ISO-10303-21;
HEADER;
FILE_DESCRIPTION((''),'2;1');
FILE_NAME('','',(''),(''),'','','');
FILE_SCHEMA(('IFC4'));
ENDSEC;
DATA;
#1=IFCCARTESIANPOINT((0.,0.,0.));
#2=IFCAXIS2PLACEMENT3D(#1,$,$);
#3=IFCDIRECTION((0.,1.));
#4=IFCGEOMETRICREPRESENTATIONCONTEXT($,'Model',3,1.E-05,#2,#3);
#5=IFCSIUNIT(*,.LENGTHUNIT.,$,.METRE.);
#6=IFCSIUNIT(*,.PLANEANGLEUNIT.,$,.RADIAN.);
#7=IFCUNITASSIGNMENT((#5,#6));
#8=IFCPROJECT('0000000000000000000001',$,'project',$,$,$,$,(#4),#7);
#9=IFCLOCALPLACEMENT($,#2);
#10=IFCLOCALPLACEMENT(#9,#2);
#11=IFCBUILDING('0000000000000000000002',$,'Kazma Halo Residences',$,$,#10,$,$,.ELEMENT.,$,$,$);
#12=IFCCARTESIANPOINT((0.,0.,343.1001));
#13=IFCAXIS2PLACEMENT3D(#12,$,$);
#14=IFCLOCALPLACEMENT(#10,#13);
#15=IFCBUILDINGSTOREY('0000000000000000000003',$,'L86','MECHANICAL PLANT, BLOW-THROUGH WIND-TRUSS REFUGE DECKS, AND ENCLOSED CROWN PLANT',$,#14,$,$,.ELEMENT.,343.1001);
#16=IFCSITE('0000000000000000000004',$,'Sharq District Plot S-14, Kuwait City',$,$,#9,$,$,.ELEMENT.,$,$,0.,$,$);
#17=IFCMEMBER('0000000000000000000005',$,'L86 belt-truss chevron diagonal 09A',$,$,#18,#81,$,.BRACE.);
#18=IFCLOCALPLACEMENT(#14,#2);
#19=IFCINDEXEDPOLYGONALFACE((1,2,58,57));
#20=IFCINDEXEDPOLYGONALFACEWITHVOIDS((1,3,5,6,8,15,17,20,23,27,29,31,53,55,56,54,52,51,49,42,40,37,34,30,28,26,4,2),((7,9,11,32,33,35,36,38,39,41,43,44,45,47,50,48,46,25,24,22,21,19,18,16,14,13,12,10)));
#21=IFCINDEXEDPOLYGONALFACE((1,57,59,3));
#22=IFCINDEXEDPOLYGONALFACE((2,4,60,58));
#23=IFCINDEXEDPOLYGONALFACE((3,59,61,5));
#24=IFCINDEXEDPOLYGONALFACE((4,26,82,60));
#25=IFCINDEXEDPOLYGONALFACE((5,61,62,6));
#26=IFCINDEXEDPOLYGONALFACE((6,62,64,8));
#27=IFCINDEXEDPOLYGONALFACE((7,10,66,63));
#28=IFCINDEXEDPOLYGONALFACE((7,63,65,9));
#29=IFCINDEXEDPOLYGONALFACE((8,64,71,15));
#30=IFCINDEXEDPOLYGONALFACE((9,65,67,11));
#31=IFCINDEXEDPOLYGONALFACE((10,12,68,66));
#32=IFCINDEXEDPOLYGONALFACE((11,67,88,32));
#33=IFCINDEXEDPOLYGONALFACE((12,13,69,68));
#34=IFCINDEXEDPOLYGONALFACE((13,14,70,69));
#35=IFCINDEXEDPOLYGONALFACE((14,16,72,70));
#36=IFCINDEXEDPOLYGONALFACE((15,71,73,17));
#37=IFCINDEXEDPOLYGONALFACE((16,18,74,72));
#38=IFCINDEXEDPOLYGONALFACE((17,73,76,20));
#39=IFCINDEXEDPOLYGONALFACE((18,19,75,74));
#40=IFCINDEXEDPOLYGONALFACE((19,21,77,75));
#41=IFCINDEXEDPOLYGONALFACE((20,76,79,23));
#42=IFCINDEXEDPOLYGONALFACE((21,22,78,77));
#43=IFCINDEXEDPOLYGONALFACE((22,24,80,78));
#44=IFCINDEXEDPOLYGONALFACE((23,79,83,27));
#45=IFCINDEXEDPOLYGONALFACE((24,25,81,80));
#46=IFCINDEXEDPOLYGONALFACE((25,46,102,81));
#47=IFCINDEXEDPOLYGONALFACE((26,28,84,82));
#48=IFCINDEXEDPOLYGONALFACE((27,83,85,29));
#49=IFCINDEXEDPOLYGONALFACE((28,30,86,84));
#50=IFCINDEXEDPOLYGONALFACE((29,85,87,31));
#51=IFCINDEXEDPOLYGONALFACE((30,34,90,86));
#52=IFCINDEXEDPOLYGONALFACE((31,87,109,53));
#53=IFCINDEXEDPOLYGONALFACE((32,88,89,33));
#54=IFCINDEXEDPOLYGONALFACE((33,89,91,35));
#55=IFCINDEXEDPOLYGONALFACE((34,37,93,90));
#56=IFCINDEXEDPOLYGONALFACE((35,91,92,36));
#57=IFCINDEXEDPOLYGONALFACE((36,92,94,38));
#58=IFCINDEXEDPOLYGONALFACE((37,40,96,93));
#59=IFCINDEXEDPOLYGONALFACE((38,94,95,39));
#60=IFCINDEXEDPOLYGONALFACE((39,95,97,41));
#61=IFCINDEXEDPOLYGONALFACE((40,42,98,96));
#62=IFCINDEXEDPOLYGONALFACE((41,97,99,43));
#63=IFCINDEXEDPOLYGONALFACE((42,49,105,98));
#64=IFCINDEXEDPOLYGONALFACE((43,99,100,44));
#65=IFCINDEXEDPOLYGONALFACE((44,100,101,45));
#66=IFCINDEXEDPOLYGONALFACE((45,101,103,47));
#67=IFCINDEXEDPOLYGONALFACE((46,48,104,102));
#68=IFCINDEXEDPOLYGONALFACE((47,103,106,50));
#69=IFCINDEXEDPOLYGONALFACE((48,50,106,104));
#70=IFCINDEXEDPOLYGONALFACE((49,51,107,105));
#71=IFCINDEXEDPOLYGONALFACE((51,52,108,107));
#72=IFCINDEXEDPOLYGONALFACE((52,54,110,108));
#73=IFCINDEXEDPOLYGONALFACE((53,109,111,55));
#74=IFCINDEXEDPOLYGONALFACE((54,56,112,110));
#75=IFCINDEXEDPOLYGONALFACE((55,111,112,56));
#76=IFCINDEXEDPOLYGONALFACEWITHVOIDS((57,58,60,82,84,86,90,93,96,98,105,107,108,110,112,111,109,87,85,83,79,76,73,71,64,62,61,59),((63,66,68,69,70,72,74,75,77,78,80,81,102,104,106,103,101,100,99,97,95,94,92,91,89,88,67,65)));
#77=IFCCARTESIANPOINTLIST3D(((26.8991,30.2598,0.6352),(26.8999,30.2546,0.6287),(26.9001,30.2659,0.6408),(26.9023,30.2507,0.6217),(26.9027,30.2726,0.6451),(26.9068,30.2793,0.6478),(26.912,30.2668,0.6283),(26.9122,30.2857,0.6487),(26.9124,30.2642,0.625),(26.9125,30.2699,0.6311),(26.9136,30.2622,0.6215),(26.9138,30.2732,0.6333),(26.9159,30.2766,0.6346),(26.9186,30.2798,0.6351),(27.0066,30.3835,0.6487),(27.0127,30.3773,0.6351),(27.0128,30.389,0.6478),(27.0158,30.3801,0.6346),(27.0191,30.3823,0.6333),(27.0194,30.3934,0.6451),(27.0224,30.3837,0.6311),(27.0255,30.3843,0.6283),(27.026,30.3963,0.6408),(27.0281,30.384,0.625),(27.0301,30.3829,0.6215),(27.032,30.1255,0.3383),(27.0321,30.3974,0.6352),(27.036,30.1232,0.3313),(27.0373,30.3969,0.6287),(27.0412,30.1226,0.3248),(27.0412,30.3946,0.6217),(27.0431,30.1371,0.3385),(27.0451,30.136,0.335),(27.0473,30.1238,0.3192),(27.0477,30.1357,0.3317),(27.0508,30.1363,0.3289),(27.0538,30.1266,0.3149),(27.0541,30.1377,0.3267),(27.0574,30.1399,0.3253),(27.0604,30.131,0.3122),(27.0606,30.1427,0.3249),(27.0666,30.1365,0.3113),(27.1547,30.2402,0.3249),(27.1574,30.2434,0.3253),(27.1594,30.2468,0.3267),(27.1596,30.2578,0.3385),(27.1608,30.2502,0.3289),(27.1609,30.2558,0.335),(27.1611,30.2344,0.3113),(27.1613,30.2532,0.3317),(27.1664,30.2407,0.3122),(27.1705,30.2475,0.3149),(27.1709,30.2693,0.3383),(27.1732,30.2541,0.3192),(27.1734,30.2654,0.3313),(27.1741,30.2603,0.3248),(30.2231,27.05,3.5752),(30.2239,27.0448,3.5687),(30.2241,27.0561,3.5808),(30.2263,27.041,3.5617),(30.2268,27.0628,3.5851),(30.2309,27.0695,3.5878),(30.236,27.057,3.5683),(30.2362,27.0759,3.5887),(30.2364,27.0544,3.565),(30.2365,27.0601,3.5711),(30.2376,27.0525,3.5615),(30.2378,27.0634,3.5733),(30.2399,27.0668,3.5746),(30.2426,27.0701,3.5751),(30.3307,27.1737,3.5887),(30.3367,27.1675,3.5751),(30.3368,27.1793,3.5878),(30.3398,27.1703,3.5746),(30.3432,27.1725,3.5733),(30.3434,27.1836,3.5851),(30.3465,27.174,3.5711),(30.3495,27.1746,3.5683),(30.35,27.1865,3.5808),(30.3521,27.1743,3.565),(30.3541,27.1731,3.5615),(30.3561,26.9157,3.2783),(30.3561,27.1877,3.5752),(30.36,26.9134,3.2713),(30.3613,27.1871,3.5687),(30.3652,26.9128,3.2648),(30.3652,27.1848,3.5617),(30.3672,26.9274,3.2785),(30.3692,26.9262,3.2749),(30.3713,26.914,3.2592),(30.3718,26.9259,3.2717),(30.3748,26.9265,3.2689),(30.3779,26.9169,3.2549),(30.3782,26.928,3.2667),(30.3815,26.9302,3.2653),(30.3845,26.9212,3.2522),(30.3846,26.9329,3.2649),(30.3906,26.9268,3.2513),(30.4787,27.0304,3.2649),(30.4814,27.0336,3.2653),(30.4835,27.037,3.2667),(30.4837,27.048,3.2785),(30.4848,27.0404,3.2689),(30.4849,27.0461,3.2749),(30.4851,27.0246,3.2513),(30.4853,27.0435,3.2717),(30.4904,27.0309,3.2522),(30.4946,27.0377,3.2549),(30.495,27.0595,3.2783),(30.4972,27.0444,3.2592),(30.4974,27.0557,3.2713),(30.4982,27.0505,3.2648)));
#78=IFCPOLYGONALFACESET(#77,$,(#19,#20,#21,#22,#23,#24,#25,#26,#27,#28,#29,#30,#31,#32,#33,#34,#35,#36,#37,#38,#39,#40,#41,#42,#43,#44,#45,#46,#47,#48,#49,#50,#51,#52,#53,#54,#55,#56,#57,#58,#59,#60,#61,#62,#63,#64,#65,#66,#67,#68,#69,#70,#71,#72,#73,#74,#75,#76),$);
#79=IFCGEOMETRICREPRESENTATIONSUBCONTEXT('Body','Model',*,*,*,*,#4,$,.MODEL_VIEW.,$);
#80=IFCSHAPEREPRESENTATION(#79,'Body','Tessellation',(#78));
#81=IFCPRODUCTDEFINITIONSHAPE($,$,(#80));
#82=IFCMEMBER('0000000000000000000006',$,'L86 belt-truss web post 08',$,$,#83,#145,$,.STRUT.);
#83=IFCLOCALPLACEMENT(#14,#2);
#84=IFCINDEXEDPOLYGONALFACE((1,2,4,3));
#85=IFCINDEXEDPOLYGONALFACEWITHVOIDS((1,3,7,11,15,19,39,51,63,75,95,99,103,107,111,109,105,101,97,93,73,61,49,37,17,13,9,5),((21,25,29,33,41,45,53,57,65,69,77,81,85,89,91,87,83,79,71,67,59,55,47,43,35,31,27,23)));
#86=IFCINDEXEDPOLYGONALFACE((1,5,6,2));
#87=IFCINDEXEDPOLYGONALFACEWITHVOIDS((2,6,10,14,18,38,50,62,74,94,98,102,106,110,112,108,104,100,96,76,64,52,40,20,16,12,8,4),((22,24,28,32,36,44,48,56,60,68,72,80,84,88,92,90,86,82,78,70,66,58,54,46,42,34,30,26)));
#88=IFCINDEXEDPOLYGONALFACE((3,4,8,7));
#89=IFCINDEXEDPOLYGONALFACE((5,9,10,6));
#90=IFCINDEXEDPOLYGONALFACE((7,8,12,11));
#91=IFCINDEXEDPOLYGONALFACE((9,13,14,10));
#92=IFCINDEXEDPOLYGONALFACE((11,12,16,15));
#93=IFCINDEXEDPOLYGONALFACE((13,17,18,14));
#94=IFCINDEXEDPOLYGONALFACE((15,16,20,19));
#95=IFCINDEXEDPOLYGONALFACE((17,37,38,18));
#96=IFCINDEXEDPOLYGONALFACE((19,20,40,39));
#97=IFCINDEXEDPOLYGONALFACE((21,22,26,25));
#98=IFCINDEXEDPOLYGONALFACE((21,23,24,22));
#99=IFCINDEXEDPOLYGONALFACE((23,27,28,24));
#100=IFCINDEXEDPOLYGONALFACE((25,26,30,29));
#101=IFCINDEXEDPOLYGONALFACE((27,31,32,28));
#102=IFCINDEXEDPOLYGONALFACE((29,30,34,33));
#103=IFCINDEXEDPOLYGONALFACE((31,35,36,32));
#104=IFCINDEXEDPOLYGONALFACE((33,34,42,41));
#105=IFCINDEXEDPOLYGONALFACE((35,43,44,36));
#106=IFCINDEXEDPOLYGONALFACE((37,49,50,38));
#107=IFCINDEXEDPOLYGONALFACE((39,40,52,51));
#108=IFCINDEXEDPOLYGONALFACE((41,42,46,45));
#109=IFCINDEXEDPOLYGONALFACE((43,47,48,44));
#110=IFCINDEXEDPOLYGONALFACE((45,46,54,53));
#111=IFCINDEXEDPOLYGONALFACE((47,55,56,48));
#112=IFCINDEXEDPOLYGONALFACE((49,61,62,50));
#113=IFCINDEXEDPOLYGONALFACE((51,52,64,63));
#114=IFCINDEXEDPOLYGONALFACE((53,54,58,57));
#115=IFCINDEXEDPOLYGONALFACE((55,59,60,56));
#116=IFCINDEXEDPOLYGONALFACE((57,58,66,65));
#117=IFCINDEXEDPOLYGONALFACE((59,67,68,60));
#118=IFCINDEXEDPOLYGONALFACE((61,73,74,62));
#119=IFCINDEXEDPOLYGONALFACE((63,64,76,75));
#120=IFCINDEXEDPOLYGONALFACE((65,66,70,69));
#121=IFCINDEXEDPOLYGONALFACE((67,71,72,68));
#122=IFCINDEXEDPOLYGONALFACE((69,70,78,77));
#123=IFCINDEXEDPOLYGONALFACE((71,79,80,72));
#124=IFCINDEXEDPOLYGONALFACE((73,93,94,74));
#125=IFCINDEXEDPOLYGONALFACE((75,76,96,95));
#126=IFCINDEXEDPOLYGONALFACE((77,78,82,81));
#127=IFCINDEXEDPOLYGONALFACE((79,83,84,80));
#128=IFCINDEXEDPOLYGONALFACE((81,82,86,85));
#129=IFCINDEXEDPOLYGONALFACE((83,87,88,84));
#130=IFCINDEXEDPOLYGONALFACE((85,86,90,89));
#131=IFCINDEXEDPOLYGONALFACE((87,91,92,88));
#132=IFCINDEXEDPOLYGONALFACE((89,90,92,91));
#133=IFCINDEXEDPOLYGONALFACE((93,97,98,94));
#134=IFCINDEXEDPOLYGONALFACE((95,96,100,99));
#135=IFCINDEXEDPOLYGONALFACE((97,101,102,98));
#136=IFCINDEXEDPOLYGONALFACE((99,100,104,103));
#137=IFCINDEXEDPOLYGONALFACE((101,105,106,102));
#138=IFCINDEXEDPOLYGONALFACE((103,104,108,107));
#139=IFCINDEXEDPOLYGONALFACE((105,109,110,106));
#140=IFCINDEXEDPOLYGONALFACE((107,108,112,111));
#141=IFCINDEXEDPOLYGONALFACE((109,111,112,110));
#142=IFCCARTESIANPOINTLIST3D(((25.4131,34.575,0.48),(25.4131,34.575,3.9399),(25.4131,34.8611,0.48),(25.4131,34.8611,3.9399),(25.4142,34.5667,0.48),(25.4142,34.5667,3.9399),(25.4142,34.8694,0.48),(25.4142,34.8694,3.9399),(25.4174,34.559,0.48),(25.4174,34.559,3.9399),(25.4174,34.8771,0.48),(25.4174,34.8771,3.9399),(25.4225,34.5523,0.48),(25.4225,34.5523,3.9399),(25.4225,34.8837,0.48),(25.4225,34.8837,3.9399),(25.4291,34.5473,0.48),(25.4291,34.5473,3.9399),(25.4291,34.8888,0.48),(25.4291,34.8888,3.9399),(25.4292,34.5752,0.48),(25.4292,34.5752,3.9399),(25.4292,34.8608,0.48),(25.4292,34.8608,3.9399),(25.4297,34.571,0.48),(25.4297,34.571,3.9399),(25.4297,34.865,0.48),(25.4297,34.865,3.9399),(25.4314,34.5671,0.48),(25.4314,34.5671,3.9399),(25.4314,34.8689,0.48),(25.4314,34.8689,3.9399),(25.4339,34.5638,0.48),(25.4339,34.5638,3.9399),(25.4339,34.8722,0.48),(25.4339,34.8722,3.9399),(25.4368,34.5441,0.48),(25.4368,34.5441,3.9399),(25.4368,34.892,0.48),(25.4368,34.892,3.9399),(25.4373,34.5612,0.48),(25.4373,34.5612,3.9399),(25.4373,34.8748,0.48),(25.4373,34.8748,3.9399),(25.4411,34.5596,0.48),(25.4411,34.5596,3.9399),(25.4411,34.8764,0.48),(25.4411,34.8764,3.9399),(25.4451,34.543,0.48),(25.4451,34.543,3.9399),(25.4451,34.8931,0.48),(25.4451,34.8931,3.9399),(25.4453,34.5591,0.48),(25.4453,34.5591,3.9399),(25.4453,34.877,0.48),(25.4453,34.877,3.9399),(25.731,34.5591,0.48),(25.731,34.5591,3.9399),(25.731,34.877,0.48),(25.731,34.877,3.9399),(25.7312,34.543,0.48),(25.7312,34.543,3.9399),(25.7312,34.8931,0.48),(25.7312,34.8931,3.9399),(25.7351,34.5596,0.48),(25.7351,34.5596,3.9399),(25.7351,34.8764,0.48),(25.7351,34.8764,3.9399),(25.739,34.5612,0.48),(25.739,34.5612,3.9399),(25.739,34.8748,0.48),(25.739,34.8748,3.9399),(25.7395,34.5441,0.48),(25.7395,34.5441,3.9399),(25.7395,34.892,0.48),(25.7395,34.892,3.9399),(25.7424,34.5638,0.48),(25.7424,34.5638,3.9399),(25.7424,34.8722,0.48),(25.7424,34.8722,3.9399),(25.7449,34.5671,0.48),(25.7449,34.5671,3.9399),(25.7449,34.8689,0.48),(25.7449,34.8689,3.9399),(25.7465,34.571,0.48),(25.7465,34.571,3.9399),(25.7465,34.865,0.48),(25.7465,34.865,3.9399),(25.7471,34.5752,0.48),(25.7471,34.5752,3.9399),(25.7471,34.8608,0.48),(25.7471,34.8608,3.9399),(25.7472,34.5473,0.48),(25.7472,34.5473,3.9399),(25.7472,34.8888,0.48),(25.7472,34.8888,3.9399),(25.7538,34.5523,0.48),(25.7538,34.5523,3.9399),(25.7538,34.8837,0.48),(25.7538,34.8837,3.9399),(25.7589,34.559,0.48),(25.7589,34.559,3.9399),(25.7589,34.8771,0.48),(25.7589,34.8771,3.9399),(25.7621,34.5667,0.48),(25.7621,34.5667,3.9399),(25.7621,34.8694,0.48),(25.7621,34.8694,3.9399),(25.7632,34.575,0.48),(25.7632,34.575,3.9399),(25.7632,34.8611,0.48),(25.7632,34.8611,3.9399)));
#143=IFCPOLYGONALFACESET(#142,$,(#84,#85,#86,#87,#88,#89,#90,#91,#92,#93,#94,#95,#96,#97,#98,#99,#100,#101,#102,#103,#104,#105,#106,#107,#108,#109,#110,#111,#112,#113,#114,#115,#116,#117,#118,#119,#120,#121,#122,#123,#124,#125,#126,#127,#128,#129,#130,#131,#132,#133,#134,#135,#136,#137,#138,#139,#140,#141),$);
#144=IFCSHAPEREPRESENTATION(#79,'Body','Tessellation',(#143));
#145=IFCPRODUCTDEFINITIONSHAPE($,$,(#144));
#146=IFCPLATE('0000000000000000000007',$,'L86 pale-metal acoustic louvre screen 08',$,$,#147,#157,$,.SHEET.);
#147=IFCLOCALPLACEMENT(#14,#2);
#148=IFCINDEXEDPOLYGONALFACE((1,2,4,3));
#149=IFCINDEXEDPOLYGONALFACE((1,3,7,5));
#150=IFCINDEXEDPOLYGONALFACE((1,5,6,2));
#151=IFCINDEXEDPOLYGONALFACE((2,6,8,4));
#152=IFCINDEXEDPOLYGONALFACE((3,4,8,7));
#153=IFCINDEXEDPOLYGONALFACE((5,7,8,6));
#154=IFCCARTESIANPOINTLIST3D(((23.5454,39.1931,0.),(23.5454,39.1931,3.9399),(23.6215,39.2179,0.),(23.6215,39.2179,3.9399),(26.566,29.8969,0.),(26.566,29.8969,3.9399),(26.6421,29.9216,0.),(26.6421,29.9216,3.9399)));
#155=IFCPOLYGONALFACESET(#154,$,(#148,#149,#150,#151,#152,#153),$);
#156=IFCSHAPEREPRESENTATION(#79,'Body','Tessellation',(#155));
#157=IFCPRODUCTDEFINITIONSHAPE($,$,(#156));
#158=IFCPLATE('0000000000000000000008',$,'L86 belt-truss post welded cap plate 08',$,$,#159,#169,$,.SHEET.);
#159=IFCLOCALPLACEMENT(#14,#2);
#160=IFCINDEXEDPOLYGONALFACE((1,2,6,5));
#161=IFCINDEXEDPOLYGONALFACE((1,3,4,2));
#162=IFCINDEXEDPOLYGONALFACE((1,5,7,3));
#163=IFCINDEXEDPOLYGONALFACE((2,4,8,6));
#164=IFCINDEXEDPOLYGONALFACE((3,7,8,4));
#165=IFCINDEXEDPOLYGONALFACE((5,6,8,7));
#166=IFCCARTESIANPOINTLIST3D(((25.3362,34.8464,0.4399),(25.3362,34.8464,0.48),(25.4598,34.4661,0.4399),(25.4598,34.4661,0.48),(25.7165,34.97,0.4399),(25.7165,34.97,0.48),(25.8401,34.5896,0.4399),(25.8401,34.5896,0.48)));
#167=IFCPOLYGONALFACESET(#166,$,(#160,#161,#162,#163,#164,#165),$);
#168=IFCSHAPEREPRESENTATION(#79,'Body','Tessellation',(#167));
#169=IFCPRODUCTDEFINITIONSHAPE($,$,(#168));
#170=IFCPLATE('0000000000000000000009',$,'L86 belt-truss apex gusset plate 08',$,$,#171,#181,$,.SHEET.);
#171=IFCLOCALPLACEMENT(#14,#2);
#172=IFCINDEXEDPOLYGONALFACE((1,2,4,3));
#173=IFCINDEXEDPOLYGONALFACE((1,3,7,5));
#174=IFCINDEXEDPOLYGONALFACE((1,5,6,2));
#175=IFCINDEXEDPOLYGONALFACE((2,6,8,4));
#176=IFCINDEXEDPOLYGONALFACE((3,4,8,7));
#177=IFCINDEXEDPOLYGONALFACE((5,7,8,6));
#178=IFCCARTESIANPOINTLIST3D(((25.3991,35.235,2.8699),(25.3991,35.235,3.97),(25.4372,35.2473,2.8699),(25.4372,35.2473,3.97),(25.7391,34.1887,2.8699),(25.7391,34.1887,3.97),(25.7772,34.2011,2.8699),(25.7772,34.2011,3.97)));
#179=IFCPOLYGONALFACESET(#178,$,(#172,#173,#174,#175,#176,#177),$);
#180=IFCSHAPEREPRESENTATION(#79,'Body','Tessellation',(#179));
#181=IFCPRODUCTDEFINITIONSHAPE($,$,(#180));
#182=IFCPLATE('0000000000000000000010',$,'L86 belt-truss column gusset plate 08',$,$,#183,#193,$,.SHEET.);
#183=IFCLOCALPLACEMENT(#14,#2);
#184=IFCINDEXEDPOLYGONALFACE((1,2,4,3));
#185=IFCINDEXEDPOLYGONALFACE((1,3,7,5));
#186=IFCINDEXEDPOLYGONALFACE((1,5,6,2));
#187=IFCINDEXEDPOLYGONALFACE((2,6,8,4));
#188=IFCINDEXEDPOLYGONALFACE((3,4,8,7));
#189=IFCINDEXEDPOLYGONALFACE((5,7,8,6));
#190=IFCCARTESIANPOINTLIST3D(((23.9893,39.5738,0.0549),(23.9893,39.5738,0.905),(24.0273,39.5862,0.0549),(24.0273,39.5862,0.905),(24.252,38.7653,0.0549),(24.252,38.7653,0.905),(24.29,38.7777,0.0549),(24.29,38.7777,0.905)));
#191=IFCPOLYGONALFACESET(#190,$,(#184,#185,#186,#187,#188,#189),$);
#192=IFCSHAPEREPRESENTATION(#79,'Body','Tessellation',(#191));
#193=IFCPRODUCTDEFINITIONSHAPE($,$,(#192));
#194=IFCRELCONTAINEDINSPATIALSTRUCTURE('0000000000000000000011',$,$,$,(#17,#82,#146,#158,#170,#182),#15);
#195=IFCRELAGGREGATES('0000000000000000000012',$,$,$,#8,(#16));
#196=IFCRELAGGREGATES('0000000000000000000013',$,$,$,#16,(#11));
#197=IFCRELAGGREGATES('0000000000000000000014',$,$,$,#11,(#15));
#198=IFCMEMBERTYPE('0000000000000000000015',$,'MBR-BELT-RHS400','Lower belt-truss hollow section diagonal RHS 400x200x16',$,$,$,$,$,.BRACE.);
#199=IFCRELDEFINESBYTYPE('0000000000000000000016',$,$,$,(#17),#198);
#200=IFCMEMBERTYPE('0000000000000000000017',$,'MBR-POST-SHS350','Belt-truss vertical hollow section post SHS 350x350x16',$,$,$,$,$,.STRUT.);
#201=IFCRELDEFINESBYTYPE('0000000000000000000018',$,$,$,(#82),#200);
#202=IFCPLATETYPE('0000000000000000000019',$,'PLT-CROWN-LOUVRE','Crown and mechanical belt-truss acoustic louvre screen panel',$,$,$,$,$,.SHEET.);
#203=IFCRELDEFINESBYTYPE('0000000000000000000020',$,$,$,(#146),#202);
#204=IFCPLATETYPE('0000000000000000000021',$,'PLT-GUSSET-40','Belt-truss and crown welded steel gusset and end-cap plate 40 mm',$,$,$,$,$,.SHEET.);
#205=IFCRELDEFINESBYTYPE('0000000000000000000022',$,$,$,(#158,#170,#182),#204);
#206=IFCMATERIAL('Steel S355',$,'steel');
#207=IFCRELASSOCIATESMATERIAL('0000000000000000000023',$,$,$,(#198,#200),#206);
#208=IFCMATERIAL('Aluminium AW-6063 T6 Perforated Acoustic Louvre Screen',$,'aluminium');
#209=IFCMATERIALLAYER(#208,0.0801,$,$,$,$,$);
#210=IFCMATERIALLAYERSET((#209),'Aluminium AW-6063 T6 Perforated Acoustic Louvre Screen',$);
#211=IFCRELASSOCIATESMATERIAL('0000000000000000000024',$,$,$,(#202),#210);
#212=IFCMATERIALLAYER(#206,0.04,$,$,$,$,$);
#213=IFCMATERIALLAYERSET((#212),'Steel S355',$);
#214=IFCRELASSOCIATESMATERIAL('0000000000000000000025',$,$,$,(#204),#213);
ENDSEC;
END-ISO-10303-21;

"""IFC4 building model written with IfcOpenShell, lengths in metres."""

from ifc_helpers import new_model, si_unit, direction, frame, origin, origin_2d, place, context, subcontext, project, spatial, rectangle, hollow_rectangle, extrude, material, layer, layer_set, material_profile, profile_set, type_object, element, save


model = new_model("IFC4")

# Units and contexts
model_context = context("Model", 3, precision=1e-05, world=origin(), true_north=direction((0.0, 1.0)))
body_context = subcontext(model_context, "Body", "Model", "MODEL_VIEW")
ifc_project = project(units=[si_unit("LENGTHUNIT", "METRE"), si_unit("PLANEANGLEUNIT", "RADIAN")], contexts=[model_context])

# Site, building, storey
site_placement = place(None, origin())
site = spatial("IfcSite", under=ifc_project, at=site_placement, Name="Sharq District Plot S-14, Kuwait City", CompositionType="ELEMENT", RefElevation=0.0)
building_placement = place(site_placement, origin())
building = spatial("IfcBuilding", under=site, at=building_placement, Name="Kazma Halo Residences", CompositionType="ELEMENT")
storey_placement = place(building_placement, frame((0.0, 0.0, 343.1001)))
storey = spatial("IfcBuildingStorey", under=building, at=storey_placement, Name="L86", Description="MECHANICAL PLANT, BLOW-THROUGH WIND-TRUSS REFUGE DECKS, AND ENCLOSED CROWN PLANT", CompositionType="ELEMENT", Elevation=343.1001)

# Shared definitions
ifc_material_1 = material(Name="Steel S355", Category="steel")

# Members
ifc_material_profile_1 = material_profile(ifc_material_1, hollow_rectangle(XDim=0.2, YDim=0.3999, WallThickness=0.0161, InnerFilletRadius=0.0161, OuterFilletRadius=0.032, at=origin_2d()), Name="RHS400x200x16")
ifc_profile_set_1 = profile_set([ifc_material_profile_1], Name="Steel S355")
member_type_1 = type_object("IfcMemberType", Name="MBR-BELT-RHS400", Description="Lower belt-truss hollow section diagonal RHS 400x200x16", PredefinedType="BRACE", material=ifc_profile_set_1)
member_1_placement = place(storey_placement, frame((27.0366, 30.26, 0.48), z_axis=(0.606929, -0.586067, 0.536808), x_axis=(0.694635, 0.719362, 0.0)))
element("IfcMember", 1, at=member_1_placement, inside=storey, type_object=member_type_1, Name="L86 belt-truss chevron diagonal 09A", PredefinedType="BRACE", context=body_context, shape_type="SweptSolid", body=[
    extrude(hollow_rectangle(XDim=0.2, YDim=0.3999, WallThickness=0.0161, InnerFilletRadius=0.0161, OuterFilletRadius=0.032, at=origin_2d()), origin(), (0.0, 0.0, 1.0), 5.4768),
])
ifc_material_profile_2 = material_profile(ifc_material_1, hollow_rectangle(XDim=0.3501, YDim=0.3501, WallThickness=0.0161, InnerFilletRadius=0.0161, OuterFilletRadius=0.032, at=origin_2d()), Name="SHS350x350x16")
ifc_profile_set_2 = profile_set([ifc_material_profile_2], Name="Steel S355")
member_type_2 = type_object("IfcMemberType", Name="MBR-POST-SHS350", Description="Belt-truss vertical hollow section post SHS 350x350x16", PredefinedType="STRUT", material=ifc_profile_set_2)
member_2_placement = place(storey_placement, frame((25.5881, 34.718, 0.48), z_axis=(0.0, 0.0, 1.0), x_axis=(1.0, 0.0, 0.0)))
element("IfcMember", 2, at=member_2_placement, inside=storey, type_object=member_type_2, Name="L86 belt-truss web post 08", PredefinedType="STRUT", context=body_context, shape_type="SweptSolid", body=[
    extrude(hollow_rectangle(XDim=0.3501, YDim=0.3501, WallThickness=0.0161, InnerFilletRadius=0.0161, OuterFilletRadius=0.032, at=origin_2d()), origin(), (0.0, 0.0, 1.0), 3.46),
])

# Plates
ifc_material_2 = material(Name="Aluminium AW-6063 T6 Perforated Acoustic Louvre Screen", Category="aluminium")
ifc_layer_1 = layer(ifc_material_2, 0.0801)
ifc_layer_set_1 = layer_set([ifc_layer_1], Name="Aluminium AW-6063 T6 Perforated Acoustic Louvre Screen")
plate_type_1 = type_object("IfcPlateType", Name="PLT-CROWN-LOUVRE", Description="Crown and mechanical belt-truss acoustic louvre screen panel", PredefinedType="SHEET", material=ifc_layer_set_1)
plate_1_placement = place(storey_placement, frame((25.0938, 34.5574, 0.0), z_axis=(0.0, 0.0, 1.0), x_axis=(0.309022, -0.951055, 0.0)))
element("IfcPlate", 3, at=plate_1_placement, inside=storey, type_object=plate_type_1, Name="L86 pale-metal acoustic louvre screen 08", PredefinedType="SHEET", context=body_context, shape_type="SweptSolid", body=[
    extrude(rectangle(XDim=9.7747, YDim=0.0801, at=origin_2d()), origin(), (0.0, 0.0, 1.0), 3.9399),
])
ifc_layer_2 = layer(ifc_material_1, 0.04)
ifc_layer_set_2 = layer_set([ifc_layer_2], Name="Steel S355")
plate_type_2 = type_object("IfcPlateType", Name="PLT-GUSSET-40", Description="Belt-truss and crown welded steel gusset and end-cap plate 40 mm", PredefinedType="SHEET", material=ifc_layer_set_2)
plate_2_placement = place(storey_placement, frame((25.5881, 34.718, 0.4399), z_axis=(0.0, 0.0, 1.0), x_axis=(0.309022, -0.951055, 0.0)))
element("IfcPlate", 4, at=plate_2_placement, inside=storey, type_object=plate_type_2, Name="L86 belt-truss post welded cap plate 08", PredefinedType="SHEET", context=body_context, shape_type="SweptSolid", body=[
    extrude(rectangle(XDim=0.3999, YDim=0.3999, at=origin_2d()), origin(), (0.0, 0.0, 1.0), 0.04),
])
plate_3_placement = place(storey_placement, frame((25.5881, 34.718, 2.8699), z_axis=(0.0, 0.0, 1.0), x_axis=(0.309022, -0.951055, 0.0)))
element("IfcPlate", 5, at=plate_3_placement, inside=storey, type_object=plate_type_2, Name="L86 belt-truss apex gusset plate 08", PredefinedType="SHEET", context=body_context, shape_type="SweptSolid", body=[
    extrude(rectangle(XDim=1.1001, YDim=0.04, at=origin_2d()), origin(), (0.0, 0.0, 1.0), 1.1001),
])
for number, where, z_axis, x_axis, name in (
    (6, (24.1396, 39.1758, 0.0549), (0.0, 0.0, 1.0), (0.309022, -0.951055, 0.0), "L86 belt-truss column gusset plate 08"),
):
    element("IfcPlate", number, at=place(storey_placement, frame(where, z_axis=z_axis, x_axis=x_axis)), inside=storey, type_object=plate_type_2, Name=name, PredefinedType="SHEET", context=body_context, shape_type="SweptSolid", body=[
        extrude(rectangle(XDim=0.8501, YDim=0.04, at=origin_2d()), origin(), (0.0, 0.0, 1.0), 0.8501),
    ])

save(model, "model.ifc")
